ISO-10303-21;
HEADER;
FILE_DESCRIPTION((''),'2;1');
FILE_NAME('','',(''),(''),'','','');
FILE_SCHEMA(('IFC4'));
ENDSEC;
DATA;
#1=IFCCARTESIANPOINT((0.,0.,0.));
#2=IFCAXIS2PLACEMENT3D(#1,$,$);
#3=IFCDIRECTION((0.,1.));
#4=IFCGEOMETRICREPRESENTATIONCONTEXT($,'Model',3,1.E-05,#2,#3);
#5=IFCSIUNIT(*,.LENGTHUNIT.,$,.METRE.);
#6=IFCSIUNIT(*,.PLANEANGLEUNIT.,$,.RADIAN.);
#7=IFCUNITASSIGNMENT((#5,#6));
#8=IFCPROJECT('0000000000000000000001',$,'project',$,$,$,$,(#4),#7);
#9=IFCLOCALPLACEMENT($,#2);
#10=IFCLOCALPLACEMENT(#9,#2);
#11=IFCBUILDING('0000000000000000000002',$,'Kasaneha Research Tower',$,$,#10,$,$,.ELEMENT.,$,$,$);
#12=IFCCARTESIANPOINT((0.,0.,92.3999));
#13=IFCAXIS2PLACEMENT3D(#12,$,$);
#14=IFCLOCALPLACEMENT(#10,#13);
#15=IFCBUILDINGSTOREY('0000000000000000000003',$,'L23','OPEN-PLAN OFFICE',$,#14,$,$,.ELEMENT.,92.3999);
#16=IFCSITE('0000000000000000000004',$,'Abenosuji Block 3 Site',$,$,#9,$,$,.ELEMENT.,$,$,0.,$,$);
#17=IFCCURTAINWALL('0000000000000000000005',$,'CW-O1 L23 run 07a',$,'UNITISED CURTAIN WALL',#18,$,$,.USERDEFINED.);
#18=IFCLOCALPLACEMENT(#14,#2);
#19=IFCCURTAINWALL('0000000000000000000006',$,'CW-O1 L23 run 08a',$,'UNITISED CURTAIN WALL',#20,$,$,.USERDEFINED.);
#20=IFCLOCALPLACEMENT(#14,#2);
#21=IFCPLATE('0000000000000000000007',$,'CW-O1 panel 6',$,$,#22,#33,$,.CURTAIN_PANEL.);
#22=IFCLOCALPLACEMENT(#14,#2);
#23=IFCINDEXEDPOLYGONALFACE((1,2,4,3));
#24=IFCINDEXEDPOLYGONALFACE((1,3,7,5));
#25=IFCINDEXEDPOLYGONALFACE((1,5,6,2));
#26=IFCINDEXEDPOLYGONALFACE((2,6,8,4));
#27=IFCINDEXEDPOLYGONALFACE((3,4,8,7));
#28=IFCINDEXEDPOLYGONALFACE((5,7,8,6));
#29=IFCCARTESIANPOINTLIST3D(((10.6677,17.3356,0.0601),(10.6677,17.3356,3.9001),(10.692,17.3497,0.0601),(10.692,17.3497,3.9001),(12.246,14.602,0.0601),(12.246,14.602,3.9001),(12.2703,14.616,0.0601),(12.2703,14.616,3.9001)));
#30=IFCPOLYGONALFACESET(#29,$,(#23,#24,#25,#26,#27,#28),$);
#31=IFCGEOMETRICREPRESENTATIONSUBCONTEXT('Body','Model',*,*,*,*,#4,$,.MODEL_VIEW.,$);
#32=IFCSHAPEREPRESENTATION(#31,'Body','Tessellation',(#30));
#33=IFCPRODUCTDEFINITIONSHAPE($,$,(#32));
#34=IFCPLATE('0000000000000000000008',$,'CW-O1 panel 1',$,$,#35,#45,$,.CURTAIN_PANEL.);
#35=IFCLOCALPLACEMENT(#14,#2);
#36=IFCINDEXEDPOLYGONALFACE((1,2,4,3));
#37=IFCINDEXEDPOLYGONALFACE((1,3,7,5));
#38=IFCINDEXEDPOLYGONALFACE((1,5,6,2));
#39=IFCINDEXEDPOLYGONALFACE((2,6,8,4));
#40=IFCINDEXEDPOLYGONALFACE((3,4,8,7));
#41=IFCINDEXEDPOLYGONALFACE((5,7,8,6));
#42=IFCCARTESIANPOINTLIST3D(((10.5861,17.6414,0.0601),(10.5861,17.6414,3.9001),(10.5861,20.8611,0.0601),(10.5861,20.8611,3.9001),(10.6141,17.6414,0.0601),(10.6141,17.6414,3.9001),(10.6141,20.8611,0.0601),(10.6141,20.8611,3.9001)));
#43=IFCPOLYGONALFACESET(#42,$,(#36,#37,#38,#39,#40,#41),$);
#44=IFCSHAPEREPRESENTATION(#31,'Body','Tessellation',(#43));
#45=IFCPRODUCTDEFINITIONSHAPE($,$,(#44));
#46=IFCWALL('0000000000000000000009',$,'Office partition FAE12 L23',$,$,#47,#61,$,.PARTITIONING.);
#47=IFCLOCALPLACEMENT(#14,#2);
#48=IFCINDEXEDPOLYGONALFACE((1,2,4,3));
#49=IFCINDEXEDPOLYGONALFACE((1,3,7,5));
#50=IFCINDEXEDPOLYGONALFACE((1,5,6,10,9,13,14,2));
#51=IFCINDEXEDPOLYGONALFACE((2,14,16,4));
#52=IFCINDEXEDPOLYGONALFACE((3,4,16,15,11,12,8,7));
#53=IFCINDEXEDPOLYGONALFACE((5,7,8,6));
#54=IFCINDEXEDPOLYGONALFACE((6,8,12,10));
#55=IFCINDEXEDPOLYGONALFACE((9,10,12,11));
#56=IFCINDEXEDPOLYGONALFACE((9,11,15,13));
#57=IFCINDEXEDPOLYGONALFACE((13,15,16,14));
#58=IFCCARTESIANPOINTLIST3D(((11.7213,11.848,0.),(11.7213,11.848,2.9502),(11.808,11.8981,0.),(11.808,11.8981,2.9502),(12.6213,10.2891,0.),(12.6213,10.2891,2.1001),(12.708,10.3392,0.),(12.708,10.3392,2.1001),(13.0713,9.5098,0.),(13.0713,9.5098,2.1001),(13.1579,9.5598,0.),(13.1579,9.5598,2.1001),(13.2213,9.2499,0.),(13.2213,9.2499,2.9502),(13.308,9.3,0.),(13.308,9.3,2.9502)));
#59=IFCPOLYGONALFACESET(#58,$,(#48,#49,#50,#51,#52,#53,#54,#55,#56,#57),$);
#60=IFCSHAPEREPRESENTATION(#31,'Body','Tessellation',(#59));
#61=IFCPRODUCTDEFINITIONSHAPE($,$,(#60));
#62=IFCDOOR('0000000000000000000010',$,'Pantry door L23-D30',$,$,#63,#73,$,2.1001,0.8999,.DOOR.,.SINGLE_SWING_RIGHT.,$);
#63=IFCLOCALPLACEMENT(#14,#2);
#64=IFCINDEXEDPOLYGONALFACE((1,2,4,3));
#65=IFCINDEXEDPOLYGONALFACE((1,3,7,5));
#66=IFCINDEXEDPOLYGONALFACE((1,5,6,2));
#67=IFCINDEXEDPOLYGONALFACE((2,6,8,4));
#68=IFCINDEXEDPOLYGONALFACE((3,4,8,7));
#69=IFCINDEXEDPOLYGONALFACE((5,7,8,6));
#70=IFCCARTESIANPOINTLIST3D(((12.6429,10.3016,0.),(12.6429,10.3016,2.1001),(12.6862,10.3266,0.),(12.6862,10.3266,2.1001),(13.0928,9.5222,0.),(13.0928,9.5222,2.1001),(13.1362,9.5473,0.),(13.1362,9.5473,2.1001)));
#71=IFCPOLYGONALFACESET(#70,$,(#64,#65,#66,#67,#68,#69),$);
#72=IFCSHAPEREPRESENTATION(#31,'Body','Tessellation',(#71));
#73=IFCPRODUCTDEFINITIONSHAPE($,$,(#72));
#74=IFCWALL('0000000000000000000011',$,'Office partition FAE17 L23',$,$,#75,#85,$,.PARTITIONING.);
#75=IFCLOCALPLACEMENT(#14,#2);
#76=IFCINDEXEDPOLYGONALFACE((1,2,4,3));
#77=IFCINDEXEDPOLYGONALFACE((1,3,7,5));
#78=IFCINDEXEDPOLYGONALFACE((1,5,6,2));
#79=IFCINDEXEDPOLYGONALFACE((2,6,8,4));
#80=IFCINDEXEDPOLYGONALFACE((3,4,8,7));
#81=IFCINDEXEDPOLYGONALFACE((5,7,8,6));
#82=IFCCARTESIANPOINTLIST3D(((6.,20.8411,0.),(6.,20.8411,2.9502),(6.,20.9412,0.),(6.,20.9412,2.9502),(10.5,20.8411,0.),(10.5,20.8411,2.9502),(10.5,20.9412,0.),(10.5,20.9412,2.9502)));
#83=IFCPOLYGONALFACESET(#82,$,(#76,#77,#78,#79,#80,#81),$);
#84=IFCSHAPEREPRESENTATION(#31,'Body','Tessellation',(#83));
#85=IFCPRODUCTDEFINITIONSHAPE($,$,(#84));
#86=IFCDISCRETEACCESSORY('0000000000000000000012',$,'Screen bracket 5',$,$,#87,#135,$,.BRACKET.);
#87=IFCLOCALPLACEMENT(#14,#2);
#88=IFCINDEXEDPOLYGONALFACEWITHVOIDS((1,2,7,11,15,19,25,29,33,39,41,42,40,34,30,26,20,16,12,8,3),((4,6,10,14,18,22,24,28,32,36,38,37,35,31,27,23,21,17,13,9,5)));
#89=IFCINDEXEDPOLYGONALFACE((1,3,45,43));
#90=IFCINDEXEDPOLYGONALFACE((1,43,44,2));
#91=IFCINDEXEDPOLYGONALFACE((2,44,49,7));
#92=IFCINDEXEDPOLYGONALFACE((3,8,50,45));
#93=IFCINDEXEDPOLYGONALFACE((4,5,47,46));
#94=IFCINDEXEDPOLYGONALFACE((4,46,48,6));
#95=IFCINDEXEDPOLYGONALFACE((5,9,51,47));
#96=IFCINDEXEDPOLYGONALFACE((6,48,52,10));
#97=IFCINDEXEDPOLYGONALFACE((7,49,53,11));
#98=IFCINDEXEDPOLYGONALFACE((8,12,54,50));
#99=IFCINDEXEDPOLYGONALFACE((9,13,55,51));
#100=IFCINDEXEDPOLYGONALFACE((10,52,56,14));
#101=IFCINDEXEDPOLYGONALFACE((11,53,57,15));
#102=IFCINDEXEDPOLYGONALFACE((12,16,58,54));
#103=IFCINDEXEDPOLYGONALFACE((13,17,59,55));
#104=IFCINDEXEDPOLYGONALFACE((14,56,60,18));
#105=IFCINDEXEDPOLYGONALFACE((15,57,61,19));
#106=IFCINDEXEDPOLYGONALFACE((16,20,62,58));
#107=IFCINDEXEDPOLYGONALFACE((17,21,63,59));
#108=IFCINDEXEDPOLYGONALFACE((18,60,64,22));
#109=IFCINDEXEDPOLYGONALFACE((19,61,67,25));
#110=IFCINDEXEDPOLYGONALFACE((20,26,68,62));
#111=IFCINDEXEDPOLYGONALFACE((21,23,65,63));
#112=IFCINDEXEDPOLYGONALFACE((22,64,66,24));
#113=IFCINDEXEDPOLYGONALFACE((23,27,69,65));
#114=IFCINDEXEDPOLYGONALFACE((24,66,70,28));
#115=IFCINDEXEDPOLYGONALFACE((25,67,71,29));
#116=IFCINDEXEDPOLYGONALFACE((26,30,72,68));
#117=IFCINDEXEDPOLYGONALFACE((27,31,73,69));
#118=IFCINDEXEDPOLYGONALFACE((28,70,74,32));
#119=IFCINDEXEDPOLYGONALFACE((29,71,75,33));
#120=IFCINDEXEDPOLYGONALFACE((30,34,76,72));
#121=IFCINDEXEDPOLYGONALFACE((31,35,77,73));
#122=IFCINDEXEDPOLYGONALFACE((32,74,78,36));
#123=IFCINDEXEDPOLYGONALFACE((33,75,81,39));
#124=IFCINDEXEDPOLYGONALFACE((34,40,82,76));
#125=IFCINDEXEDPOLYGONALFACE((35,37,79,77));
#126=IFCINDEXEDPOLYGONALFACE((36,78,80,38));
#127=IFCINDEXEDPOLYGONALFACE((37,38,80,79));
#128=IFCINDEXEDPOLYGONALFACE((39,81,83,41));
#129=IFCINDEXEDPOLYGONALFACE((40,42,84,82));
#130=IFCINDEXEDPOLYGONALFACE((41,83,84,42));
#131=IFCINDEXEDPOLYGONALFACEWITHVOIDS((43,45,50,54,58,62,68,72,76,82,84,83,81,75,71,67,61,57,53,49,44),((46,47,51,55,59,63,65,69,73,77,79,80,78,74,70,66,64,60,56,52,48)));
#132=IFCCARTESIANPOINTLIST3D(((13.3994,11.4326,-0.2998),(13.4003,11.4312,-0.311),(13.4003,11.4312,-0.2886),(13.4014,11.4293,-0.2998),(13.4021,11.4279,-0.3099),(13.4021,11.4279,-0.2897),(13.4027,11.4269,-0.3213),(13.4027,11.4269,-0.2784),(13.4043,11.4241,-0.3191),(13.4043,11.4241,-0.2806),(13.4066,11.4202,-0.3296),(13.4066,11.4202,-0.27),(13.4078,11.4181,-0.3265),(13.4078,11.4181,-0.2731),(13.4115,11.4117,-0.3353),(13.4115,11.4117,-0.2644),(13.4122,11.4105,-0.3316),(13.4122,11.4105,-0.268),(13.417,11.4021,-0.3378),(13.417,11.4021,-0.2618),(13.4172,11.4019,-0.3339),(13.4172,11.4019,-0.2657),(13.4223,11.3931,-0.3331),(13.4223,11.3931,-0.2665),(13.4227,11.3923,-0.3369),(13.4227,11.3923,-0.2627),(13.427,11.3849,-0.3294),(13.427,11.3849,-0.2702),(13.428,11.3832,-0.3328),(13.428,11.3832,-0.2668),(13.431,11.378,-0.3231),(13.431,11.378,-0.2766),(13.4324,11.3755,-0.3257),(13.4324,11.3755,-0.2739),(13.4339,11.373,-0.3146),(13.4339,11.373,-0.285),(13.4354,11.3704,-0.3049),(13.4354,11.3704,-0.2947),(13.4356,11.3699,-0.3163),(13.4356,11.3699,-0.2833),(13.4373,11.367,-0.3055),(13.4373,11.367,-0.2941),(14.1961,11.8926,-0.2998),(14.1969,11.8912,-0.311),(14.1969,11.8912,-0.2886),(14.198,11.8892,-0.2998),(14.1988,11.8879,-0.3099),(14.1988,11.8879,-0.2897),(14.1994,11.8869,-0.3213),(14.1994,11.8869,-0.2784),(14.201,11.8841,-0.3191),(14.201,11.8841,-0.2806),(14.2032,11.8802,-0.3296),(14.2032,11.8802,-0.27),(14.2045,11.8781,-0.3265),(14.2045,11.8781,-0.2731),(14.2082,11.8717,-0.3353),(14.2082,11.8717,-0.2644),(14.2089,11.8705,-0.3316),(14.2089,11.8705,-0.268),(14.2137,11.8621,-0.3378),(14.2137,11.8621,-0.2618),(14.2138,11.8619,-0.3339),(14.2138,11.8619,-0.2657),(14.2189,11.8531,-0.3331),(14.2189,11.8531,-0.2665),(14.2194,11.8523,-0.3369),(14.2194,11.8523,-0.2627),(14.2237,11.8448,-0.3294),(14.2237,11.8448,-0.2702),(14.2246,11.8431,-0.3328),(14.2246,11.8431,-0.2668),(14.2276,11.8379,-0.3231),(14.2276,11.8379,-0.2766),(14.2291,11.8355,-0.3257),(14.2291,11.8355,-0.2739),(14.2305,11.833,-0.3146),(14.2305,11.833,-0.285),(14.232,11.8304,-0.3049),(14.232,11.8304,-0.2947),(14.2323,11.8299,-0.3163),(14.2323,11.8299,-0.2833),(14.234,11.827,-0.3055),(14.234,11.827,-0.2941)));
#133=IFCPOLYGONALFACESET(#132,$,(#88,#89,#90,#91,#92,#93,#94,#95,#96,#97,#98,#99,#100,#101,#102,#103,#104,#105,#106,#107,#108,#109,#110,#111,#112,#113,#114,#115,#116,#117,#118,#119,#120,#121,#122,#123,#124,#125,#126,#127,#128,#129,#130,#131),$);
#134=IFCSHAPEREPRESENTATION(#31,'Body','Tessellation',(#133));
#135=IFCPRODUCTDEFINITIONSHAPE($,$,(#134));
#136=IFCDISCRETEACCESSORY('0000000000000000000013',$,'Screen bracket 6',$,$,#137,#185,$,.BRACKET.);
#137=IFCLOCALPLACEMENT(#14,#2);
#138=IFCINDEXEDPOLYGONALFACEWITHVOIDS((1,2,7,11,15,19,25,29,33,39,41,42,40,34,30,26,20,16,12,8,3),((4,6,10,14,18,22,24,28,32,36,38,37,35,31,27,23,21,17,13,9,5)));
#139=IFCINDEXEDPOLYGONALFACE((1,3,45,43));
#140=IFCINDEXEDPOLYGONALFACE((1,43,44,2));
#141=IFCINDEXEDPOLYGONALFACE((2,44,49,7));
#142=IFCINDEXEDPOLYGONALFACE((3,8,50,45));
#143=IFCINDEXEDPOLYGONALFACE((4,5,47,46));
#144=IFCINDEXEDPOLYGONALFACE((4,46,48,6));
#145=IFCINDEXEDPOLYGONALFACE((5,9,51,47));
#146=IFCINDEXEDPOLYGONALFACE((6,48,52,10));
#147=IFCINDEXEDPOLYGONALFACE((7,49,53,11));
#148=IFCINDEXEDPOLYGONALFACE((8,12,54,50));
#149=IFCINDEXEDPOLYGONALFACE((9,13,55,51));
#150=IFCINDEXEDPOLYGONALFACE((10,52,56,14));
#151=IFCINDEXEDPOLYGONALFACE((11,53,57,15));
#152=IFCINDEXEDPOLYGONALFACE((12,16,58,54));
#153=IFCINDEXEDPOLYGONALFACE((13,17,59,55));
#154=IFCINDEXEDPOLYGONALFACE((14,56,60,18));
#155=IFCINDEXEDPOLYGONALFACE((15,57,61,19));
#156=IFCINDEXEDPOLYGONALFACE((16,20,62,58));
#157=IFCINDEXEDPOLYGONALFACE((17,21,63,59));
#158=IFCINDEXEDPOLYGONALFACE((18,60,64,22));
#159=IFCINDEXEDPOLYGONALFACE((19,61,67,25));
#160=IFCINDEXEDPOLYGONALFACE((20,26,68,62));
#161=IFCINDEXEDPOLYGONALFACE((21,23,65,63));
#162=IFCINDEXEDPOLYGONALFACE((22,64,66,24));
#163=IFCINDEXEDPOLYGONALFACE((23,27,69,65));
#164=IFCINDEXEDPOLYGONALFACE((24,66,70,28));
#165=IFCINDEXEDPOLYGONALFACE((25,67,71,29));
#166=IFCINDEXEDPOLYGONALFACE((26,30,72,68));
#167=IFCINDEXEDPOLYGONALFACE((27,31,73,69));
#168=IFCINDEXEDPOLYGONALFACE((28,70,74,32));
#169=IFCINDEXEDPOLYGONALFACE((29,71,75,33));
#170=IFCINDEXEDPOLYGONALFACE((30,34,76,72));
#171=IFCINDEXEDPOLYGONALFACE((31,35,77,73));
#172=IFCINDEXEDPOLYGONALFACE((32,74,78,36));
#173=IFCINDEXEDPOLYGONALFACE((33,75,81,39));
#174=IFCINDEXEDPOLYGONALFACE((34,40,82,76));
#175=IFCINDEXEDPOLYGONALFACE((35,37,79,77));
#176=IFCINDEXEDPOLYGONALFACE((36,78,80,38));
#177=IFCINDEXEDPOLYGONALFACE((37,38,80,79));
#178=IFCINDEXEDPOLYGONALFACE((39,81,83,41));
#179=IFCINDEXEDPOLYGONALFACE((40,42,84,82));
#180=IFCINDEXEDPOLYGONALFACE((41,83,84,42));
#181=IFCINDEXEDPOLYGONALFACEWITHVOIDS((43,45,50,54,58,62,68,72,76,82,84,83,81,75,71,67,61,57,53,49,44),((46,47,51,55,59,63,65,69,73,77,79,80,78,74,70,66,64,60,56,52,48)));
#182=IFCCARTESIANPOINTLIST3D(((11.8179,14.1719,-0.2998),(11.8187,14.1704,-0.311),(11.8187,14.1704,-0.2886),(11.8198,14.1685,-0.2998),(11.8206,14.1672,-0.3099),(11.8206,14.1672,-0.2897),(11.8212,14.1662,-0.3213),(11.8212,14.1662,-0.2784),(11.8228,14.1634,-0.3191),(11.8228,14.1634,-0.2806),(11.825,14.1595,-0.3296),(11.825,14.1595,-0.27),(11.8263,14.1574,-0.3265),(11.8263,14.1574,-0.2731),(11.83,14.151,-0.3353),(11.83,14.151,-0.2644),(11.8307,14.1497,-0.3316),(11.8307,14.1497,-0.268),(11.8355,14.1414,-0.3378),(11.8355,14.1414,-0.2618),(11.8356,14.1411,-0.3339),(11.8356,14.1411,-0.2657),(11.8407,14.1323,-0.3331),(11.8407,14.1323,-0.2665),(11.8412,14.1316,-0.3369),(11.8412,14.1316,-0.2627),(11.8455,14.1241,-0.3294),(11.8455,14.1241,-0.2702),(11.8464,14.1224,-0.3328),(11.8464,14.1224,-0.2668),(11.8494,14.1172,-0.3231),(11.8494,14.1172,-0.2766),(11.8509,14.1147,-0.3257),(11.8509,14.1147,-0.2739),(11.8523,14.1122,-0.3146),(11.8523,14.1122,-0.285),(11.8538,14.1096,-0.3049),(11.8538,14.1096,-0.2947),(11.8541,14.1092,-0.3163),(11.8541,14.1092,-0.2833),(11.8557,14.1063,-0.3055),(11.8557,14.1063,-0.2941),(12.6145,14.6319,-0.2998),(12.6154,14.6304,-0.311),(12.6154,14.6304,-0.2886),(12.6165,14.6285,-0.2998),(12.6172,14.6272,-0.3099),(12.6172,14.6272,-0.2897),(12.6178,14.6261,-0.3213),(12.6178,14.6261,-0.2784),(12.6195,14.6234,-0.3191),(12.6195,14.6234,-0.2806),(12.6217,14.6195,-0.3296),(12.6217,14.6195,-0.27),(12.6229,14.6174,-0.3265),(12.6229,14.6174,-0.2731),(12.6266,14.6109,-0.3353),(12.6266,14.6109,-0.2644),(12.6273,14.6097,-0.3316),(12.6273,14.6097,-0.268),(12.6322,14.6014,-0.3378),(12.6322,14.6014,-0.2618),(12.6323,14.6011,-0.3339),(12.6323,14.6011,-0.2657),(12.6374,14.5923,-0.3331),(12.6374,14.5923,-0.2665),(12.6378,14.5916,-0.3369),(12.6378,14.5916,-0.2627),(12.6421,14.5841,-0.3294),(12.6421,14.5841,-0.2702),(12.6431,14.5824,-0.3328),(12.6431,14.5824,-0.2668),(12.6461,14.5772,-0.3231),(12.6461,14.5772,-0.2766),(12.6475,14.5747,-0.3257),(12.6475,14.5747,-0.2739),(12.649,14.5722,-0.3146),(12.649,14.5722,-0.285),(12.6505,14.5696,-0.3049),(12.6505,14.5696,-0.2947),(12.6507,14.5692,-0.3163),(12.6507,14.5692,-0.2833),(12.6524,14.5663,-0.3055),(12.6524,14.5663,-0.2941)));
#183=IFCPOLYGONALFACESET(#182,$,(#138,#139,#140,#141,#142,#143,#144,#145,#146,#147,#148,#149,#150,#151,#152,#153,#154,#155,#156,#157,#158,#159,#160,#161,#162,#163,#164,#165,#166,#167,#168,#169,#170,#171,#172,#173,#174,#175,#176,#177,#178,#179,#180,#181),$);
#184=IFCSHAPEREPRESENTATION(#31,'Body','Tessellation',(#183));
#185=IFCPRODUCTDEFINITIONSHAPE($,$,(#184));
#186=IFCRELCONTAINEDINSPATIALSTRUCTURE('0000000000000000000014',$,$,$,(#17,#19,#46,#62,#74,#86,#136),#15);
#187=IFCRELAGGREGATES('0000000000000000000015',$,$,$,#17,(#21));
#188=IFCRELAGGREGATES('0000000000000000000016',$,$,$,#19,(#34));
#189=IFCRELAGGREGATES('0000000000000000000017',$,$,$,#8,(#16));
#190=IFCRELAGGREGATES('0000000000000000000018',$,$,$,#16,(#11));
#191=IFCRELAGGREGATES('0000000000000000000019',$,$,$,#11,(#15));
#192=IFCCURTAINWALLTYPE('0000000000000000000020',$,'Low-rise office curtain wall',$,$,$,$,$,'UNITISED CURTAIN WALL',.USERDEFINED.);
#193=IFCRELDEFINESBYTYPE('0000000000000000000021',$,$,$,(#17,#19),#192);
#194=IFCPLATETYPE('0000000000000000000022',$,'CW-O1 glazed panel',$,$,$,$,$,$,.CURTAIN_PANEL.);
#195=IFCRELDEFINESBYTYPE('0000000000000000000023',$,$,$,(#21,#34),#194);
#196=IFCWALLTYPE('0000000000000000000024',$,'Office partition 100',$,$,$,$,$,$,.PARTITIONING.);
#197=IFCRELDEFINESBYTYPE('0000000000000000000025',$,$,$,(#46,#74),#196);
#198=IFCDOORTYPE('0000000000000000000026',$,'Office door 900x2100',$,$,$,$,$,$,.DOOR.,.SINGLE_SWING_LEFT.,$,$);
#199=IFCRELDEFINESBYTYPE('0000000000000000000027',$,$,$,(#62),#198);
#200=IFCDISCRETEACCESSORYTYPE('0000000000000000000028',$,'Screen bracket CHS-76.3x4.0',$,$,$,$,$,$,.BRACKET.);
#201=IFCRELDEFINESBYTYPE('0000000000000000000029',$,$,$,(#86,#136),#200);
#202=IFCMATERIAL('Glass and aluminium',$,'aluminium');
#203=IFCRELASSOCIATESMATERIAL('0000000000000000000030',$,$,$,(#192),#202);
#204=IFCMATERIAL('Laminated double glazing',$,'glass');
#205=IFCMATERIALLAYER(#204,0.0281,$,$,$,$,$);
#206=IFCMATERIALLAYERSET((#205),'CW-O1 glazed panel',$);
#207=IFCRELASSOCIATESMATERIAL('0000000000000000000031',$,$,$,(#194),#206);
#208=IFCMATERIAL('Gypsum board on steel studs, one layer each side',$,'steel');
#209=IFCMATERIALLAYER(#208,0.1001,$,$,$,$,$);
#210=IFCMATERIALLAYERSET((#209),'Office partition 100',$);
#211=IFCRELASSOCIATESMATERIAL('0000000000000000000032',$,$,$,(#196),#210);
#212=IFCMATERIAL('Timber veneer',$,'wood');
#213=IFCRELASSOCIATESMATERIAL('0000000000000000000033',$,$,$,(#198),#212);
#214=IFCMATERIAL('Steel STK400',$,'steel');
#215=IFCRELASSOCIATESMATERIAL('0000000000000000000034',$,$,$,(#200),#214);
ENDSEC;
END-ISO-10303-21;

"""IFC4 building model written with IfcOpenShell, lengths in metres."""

from ifc_helpers import new_model, si_unit, direction, frame, frame_2d, origin, origin_2d, place, context, subcontext, project, spatial, rectangle, hollow_circle, extrude, material, layer, layer_set, material_profile, profile_set, type_object, element, fill, aggregate, save


model = new_model("IFC4")

# Units and contexts
model_context = context("Model", 3, precision=1e-05, world=origin(), true_north=direction((0.0, 1.0)))
body_context = subcontext(model_context, "Body", "Model", "MODEL_VIEW")
ifc_project = project(units=[si_unit("LENGTHUNIT", "METRE"), si_unit("PLANEANGLEUNIT", "RADIAN")], contexts=[model_context])

# Site, building, storey
site_placement = place(None, origin())
site = spatial("IfcSite", under=ifc_project, at=site_placement, Name="Abenosuji Block 3 Site", CompositionType="ELEMENT", RefElevation=0.0)
building_placement = place(site_placement, origin())
building = spatial("IfcBuilding", under=site, at=building_placement, Name="Kasaneha Research Tower", CompositionType="ELEMENT")
storey_placement = place(building_placement, frame((0.0, 0.0, 92.3999)))
storey = spatial("IfcBuildingStorey", under=building, at=storey_placement, Name="L23", Description="OPEN-PLAN OFFICE", CompositionType="ELEMENT", Elevation=92.3999)

# Curtain walls
ifc_material_1 = material(Name="Glass and aluminium", Category="aluminium")
curtain_wall_type = type_object("IfcCurtainWallType", Name="Low-rise office curtain wall", ElementType="UNITISED CURTAIN WALL", PredefinedType="USERDEFINED", material=ifc_material_1)
curtain_wall_1_placement = place(storey_placement, origin())
curtain_wall_1 = element("IfcCurtainWall", 1, at=curtain_wall_1_placement, inside=storey, type_object=curtain_wall_type, Name="CW-O1 L23 run 07a", ObjectType="UNITISED CURTAIN WALL", PredefinedType="USERDEFINED")
curtain_wall_2_placement = place(storey_placement, origin())
curtain_wall_2 = element("IfcCurtainWall", 2, at=curtain_wall_2_placement, inside=storey, type_object=curtain_wall_type, Name="CW-O1 L23 run 08a", ObjectType="UNITISED CURTAIN WALL", PredefinedType="USERDEFINED")

# Plates
ifc_material_2 = material(Name="Laminated double glazing", Category="glass")
ifc_layer_1 = layer(ifc_material_2, 0.0281)
ifc_layer_set_1 = layer_set([ifc_layer_1], Name="CW-O1 glazed panel")
plate_type = type_object("IfcPlateType", Name="CW-O1 glazed panel", PredefinedType="CURTAIN_PANEL", material=ifc_layer_set_1)
plate_1_placement = place(storey_placement, frame((11.469, 15.9758, 0.0601), z_axis=(0.0, 0.0, 1.0), x_axis=(-0.5, 0.866025, 0.0)))
plate_1 = element("IfcPlate", 3, at=plate_1_placement, type_object=plate_type, Name="CW-O1 panel 6", PredefinedType="CURTAIN_PANEL", context=body_context, shape_type="SweptSolid", body=[
    extrude(rectangle(XDim=3.1565, YDim=0.0281, at=origin_2d()), origin(), (0.0, 0.0, 1.0), 3.8401),
])
aggregate(curtain_wall_1, [plate_1])
plate_2_placement = place(storey_placement, frame((10.6001, 19.2512, 0.0601), z_axis=(0.0, 0.0, 1.0), x_axis=(0.0, 1.0, 0.0)))
plate_2 = element("IfcPlate", 4, at=plate_2_placement, type_object=plate_type, Name="CW-O1 panel 1", PredefinedType="CURTAIN_PANEL", context=body_context, shape_type="SweptSolid", body=[
    extrude(rectangle(XDim=3.2197, YDim=0.0281, at=origin_2d()), origin(), (0.0, 0.0, 1.0), 3.8401),
])
aggregate(curtain_wall_2, [plate_2])

# Wall, opening, door
ifc_material_3 = material(Name="Gypsum board on steel studs, one layer each side", Category="steel")
ifc_layer_2 = layer(ifc_material_3, 0.1001)
ifc_layer_set_2 = layer_set([ifc_layer_2], Name="Office partition 100")
wall_type = type_object("IfcWallType", Name="Office partition 100", PredefinedType="PARTITIONING", material=ifc_layer_set_2)
wall_1_placement = place(storey_placement, frame((11.7646, 11.873, 0.0), z_axis=(0.0, 0.0, 1.0), x_axis=(0.49999, -0.866031, 0.0)))
wall_1 = element("IfcWall", 5, at=wall_1_placement, inside=storey, type_object=wall_type, Name="Office partition FAE12 L23", PredefinedType="PARTITIONING", context=body_context, shape_type="SweptSolid", body=[
    extrude(rectangle(XDim=3.0, YDim=0.1001, at=frame_2d((1.5, 0.0))), origin(), (0.0, 0.0, 1.0), 2.9502),
])
opening_placement = place(wall_1_placement, frame((1.8, 0.0, 0.0)))
opening = element("IfcOpeningElement", 6, at=opening_placement, cuts=wall_1, PredefinedType="OPENING", context=body_context, shape_type="SweptSolid", body=[
    extrude(rectangle(XDim=0.8999, YDim=2.1001, at=frame_2d((0.45, 1.05))), frame((0.0, 0.0601, 0.0), z_axis=(0.0, -1.0, 0.0), x_axis=(1.0, 0.0, 0.0)), (0.0, 0.0, 1.0), 0.1201),
])
ifc_material_4 = material(Name="Timber veneer", Category="wood")
door_type = type_object("IfcDoorType", Name="Office door 900x2100", OperationType="SINGLE_SWING_LEFT", PredefinedType="DOOR", material=ifc_material_4)
door_placement = place(opening_placement, origin())
door = element("IfcDoor", 7, at=door_placement, inside=storey, type_object=door_type, Name="Pantry door L23-D30", OperationType="SINGLE_SWING_RIGHT", OverallHeight=2.1001, OverallWidth=0.8999, PredefinedType="DOOR", context=body_context, shape_type="SweptSolid", body=[
    extrude(rectangle(XDim=0.8999, YDim=2.1001, at=frame_2d((0.45, 1.05))), frame((0.0, 0.0249, 0.0), z_axis=(0.0, -1.0, 0.0), x_axis=(1.0, 0.0, 0.0)), (0.0, 0.0, 1.0), 0.05),
])
fill(opening, door)

# Wall
wall_2_placement = place(storey_placement, frame((10.5, 20.8911, 0.0), z_axis=(0.0, 0.0, 1.0), x_axis=(-1.0, 0.0, 0.0)))
element("IfcWall", 8, at=wall_2_placement, inside=storey, type_object=wall_type, Name="Office partition FAE17 L23", PredefinedType="PARTITIONING", context=body_context, shape_type="SweptSolid", body=[
    extrude(rectangle(XDim=4.5, YDim=0.1001, at=frame_2d((2.25, 0.0))), origin(), (0.0, 0.0, 1.0), 2.9502),
])

# Discrete accessories
ifc_material_5 = material(Name="Steel STK400", Category="steel")
ifc_material_profile_1 = material_profile(ifc_material_5, hollow_circle(Radius=0.0381, WallThickness=0.0039, at=origin_2d()), Name="CHS-76.3x4.0")
ifc_profile_set_1 = profile_set([ifc_material_profile_1], Name="Steel STK400")
discrete_accessory_type = type_object("IfcDiscreteAccessoryType", Name="Screen bracket CHS-76.3x4.0", PredefinedType="BRACKET", material=ifc_profile_set_1)
for number, where, z_axis, x_axis, name in (
    (9, (13.4185, 11.3997, -0.2998), (0.866013, 0.500021, 0.0), (-0.500021, 0.866013, 0.0), "Screen bracket 5"),
    (10, (11.8369, 14.1389, -0.2998), (0.866013, 0.500021, 0.0), (-0.500021, 0.866013, 0.0), "Screen bracket 6"),
):
    element("IfcDiscreteAccessory", number, at=place(storey_placement, frame(where, z_axis=z_axis, x_axis=x_axis)), inside=storey, type_object=discrete_accessory_type, Name=name, PredefinedType="BRACKET", context=body_context, shape_type="SweptSolid", body=[
        extrude(hollow_circle(Radius=0.0381, WallThickness=0.0039, at=origin_2d()), origin(), (0.0, 0.0, 1.0), 0.9199),
    ])

save(model, "model.ifc")
